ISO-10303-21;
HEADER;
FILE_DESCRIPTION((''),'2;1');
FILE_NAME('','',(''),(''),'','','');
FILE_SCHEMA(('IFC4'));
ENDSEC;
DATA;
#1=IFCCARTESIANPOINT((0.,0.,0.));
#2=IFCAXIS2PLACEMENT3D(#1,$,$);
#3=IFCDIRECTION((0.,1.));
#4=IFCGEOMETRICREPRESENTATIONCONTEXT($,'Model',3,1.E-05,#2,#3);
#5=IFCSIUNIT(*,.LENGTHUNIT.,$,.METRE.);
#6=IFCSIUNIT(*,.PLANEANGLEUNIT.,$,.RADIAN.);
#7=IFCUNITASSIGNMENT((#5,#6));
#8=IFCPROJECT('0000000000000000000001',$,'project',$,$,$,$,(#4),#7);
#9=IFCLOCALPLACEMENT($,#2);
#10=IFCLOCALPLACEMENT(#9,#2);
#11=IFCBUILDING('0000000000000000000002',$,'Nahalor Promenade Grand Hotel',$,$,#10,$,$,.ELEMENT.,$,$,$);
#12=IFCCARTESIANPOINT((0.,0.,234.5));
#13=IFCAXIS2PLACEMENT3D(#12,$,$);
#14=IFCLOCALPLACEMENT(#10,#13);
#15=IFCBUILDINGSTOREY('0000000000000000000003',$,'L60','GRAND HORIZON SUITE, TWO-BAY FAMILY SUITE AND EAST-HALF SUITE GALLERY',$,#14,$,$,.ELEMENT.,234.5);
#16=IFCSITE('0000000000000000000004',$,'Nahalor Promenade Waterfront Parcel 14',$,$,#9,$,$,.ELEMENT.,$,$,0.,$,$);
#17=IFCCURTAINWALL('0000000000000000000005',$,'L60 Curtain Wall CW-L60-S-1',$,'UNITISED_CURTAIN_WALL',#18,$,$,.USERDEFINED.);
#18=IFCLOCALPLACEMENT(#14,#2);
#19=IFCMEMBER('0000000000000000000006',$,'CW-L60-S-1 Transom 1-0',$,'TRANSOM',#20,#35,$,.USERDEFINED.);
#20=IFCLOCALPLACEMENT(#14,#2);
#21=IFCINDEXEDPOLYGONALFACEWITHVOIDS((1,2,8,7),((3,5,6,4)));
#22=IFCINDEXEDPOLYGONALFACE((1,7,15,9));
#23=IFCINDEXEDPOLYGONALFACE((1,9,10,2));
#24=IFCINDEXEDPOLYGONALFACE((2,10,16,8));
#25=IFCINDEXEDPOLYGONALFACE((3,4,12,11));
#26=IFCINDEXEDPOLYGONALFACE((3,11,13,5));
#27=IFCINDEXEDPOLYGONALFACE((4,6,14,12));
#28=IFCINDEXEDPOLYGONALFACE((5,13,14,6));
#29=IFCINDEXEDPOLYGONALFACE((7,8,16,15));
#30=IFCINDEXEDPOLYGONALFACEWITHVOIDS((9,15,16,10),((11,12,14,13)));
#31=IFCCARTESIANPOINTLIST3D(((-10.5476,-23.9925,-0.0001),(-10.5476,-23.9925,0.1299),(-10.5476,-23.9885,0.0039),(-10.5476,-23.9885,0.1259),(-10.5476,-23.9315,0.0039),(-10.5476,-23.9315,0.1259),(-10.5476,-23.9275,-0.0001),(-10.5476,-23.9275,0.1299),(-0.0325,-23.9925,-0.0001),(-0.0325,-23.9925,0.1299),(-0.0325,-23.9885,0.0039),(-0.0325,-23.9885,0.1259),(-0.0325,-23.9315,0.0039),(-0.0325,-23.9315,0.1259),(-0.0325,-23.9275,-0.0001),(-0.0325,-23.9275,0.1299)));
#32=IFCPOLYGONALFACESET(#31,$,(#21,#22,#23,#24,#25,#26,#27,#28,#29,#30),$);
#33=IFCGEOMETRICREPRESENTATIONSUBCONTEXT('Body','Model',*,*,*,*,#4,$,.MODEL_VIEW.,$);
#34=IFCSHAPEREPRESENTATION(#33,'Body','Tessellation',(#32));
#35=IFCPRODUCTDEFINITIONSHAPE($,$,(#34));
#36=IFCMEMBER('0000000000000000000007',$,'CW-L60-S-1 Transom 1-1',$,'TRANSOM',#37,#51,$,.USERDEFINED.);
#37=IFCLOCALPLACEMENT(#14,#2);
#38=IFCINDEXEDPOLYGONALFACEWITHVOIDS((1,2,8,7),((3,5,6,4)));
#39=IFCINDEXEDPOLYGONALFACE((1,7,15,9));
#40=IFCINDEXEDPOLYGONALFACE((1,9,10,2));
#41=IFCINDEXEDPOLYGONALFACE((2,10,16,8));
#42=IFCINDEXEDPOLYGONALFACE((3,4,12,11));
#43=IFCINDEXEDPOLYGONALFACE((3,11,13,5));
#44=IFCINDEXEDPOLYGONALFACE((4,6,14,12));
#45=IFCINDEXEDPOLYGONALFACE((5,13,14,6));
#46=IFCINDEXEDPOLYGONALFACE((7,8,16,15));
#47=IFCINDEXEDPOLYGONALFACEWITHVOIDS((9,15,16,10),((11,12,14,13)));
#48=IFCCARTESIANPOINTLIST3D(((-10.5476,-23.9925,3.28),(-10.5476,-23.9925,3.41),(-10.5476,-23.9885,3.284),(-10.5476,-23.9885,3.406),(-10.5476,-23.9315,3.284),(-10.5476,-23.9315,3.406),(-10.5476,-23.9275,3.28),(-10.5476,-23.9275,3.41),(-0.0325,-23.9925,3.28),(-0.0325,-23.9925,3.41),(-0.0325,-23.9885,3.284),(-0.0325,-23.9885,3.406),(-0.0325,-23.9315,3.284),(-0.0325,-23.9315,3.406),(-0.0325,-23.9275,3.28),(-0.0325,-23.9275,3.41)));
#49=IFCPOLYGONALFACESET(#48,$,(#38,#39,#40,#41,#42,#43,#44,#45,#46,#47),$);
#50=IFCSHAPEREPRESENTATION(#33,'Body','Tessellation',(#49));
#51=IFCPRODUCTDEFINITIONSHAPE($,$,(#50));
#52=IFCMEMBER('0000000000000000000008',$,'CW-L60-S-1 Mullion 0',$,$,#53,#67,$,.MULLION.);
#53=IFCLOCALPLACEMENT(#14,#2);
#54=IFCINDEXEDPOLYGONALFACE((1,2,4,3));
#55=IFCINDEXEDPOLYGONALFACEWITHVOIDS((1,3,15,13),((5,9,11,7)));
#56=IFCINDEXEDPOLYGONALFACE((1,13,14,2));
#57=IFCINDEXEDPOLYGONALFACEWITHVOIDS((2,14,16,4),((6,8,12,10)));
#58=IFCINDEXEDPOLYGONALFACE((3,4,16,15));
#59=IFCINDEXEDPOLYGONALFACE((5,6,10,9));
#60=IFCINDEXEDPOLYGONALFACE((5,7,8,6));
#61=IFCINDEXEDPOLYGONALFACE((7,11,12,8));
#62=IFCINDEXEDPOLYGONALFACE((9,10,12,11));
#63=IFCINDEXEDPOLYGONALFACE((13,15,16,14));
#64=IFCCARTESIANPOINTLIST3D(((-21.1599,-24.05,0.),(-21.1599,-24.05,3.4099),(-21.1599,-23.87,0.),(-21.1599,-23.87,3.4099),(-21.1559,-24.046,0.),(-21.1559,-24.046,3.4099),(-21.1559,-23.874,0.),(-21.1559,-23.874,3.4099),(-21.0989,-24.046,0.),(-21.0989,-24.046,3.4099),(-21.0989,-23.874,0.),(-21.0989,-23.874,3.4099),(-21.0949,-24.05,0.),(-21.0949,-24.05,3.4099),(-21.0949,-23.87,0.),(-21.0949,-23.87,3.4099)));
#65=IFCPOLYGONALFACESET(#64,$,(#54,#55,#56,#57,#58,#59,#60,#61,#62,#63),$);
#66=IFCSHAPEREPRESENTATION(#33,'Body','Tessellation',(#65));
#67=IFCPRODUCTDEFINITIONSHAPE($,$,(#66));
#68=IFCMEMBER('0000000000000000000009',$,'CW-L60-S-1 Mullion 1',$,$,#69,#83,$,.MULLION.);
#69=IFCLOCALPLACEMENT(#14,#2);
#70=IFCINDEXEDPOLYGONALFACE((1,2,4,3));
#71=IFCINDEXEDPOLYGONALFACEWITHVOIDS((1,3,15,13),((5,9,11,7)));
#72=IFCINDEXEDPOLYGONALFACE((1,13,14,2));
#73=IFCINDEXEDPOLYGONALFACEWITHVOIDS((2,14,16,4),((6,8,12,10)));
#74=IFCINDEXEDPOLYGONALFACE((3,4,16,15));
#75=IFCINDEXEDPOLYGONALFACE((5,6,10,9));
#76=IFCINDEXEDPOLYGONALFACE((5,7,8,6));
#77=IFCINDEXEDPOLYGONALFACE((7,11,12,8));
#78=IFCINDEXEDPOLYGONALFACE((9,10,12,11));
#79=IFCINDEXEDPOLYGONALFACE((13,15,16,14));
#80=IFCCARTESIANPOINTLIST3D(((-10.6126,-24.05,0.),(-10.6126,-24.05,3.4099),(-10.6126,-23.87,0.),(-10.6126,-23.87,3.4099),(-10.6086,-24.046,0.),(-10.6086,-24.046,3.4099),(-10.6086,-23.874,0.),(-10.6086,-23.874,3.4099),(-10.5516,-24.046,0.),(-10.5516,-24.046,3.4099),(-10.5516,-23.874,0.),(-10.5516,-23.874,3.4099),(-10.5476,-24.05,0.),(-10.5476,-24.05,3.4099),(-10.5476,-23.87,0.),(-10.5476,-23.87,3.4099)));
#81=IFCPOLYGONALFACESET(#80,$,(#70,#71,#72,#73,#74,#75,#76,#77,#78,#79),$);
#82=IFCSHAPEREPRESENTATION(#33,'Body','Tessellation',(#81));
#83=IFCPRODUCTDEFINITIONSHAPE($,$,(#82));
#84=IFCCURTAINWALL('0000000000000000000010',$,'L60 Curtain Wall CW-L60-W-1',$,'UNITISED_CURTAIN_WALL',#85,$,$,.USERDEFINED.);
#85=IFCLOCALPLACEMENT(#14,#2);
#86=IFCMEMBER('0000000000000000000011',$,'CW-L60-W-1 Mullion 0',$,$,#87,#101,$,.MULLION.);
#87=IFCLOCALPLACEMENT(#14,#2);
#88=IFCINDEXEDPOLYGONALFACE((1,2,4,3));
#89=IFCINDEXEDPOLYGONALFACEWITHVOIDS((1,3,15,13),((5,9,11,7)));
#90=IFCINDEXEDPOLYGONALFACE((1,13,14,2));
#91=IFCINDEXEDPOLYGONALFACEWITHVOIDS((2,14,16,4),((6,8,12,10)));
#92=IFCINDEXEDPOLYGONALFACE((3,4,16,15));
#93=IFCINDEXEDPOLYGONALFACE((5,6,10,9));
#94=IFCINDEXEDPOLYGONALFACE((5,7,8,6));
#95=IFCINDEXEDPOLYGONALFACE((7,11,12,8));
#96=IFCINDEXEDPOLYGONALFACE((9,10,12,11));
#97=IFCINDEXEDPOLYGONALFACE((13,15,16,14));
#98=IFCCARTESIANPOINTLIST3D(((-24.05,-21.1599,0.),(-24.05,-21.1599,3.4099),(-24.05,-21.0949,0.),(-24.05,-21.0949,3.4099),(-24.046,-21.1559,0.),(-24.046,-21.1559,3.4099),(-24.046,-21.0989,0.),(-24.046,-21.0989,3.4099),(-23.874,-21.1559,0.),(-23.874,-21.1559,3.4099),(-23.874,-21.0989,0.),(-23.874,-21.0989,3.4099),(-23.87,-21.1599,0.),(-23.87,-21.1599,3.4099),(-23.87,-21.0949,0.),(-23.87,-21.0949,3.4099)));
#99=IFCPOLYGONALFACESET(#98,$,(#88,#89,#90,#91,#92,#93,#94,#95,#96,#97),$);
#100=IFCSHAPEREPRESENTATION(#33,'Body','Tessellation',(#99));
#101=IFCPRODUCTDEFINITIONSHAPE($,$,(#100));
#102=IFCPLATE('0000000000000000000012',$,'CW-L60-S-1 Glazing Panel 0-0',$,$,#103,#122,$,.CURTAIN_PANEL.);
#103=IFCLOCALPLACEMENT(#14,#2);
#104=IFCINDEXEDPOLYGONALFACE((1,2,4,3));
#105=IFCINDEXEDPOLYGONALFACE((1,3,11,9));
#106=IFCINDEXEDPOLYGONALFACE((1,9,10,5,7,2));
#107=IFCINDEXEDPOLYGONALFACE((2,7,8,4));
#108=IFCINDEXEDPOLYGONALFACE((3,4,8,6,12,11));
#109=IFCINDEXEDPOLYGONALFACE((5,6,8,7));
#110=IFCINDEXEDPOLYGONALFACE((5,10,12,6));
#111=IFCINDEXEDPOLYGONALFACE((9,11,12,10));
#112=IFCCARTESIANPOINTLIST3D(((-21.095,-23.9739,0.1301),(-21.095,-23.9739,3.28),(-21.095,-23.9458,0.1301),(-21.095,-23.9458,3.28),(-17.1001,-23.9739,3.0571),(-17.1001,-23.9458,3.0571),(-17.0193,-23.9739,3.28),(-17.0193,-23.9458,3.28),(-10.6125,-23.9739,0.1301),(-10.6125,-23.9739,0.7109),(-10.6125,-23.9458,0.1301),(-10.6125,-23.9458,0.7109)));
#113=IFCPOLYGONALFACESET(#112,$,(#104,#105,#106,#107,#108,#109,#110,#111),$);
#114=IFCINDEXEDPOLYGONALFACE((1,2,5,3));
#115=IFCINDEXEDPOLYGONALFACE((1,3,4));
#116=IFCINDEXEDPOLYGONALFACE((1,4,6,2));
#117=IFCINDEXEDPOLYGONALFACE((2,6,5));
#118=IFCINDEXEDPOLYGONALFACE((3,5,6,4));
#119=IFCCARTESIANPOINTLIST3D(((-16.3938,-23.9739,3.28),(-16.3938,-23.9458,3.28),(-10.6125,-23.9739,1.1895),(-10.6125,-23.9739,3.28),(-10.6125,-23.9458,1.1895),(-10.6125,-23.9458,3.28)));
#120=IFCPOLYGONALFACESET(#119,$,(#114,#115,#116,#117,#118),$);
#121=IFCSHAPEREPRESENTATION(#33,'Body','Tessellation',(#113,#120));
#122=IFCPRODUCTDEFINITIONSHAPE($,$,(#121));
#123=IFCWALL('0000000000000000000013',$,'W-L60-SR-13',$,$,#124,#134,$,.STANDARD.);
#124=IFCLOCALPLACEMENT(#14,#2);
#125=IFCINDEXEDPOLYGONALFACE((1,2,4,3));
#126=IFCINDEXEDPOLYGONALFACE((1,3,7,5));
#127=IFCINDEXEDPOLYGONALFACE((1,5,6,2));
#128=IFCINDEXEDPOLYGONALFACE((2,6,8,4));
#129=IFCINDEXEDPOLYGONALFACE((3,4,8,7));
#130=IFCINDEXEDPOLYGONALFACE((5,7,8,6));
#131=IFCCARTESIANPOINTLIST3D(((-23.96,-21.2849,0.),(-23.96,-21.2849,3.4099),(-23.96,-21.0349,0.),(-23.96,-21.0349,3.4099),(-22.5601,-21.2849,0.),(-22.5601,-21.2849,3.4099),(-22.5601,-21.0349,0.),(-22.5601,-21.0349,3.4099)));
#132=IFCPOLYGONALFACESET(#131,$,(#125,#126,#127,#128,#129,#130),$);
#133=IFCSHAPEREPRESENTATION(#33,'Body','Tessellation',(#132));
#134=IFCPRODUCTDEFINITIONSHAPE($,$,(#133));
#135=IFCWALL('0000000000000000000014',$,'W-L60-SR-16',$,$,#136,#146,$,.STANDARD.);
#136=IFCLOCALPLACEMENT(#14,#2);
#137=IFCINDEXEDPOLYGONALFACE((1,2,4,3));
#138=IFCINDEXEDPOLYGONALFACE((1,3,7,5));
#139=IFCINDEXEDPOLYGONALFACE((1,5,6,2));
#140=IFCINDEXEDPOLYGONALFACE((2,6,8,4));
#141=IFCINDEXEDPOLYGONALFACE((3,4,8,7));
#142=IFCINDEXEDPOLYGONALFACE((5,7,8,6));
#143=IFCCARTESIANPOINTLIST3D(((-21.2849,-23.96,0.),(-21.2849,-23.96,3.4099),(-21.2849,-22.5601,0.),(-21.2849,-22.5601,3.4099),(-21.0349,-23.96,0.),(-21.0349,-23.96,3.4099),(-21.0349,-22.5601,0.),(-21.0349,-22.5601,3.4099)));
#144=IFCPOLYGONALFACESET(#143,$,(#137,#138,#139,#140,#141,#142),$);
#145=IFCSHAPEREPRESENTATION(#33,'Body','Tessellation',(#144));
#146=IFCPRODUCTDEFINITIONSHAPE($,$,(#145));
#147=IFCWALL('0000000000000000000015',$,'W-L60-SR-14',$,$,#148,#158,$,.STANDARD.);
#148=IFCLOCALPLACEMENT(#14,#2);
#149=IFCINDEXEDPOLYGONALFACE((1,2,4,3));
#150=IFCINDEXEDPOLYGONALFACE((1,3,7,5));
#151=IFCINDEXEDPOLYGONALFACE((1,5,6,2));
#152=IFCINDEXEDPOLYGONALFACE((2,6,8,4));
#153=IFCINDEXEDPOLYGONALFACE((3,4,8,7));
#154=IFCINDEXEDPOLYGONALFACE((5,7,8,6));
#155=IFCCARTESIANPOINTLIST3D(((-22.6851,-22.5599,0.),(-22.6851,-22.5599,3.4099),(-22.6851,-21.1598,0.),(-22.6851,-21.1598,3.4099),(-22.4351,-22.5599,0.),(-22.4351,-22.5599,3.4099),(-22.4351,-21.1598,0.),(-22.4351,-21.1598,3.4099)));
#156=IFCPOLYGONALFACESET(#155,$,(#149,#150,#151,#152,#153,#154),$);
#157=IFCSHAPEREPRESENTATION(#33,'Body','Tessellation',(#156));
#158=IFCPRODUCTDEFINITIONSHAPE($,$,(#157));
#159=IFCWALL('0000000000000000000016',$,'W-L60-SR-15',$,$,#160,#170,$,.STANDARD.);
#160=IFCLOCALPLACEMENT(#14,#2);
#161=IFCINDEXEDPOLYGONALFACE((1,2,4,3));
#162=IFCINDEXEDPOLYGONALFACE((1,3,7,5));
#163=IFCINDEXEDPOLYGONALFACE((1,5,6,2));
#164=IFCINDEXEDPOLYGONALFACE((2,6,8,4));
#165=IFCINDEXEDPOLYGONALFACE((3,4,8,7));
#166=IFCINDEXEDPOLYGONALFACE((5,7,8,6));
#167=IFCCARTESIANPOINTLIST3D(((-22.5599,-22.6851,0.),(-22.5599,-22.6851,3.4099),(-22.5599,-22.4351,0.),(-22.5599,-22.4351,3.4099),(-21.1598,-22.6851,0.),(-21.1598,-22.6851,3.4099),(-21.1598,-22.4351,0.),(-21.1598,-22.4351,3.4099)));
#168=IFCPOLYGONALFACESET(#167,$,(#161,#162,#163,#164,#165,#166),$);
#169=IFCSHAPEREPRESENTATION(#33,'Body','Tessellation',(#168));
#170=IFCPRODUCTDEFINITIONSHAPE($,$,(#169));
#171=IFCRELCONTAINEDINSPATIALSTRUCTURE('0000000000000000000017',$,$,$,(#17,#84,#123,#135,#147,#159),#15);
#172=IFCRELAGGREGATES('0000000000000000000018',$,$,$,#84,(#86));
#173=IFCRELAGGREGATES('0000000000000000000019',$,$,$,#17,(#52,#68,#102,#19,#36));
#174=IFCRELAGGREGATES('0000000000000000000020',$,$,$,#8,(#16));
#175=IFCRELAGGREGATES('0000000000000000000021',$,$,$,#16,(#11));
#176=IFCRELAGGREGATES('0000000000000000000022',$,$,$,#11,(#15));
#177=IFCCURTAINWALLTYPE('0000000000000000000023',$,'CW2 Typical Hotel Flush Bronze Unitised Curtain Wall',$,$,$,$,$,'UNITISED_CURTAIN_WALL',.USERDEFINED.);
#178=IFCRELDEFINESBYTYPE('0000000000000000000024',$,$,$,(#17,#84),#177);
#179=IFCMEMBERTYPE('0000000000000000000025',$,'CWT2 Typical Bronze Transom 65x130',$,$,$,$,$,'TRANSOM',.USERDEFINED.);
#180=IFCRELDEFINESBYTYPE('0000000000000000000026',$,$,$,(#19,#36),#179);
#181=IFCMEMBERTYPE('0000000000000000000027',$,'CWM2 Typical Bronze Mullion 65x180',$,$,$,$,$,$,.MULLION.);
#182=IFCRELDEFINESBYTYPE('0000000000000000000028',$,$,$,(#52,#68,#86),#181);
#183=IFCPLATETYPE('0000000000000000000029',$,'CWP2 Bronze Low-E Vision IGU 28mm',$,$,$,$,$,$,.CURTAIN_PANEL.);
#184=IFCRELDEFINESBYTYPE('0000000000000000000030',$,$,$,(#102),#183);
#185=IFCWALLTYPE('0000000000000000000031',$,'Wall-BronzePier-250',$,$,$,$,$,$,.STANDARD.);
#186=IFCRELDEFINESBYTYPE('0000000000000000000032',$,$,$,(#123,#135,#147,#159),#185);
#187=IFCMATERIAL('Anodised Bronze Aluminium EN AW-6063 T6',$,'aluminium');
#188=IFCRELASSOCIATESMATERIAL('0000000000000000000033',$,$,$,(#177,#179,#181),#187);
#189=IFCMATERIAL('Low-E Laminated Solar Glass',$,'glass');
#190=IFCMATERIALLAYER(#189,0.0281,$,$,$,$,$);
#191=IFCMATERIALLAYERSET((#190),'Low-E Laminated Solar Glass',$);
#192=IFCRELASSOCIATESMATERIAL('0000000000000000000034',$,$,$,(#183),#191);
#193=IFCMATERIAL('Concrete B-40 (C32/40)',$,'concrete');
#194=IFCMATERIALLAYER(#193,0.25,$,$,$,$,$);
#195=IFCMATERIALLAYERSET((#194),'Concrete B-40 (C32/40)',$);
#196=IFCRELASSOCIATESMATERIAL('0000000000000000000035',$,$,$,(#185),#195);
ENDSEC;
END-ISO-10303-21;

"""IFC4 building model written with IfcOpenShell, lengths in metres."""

from ifc_helpers import new_model, si_unit, direction, frame, frame_2d, origin, origin_2d, place, context, subcontext, project, spatial, polyline, rectangle, hollow_rectangle, outline, extrude, source, transform, mapped, material, layer, layer_set, material_profile, profile_set, type_object, element, aggregate, save


model = new_model("IFC4")

# Units and contexts
model_context = context("Model", 3, precision=1e-05, world=origin(), true_north=direction((0.0, 1.0)))
body_context = subcontext(model_context, "Body", "Model", "MODEL_VIEW")
ifc_project = project(units=[si_unit("LENGTHUNIT", "METRE"), si_unit("PLANEANGLEUNIT", "RADIAN")], contexts=[model_context])

# Site, building, storey
site_placement = place(None, origin())
site = spatial("IfcSite", under=ifc_project, at=site_placement, Name="Nahalor Promenade Waterfront Parcel 14", CompositionType="ELEMENT", RefElevation=0.0)
building_placement = place(site_placement, origin())
building = spatial("IfcBuilding", under=site, at=building_placement, Name="Nahalor Promenade Grand Hotel", CompositionType="ELEMENT")
storey_placement = place(building_placement, frame((0.0, 0.0, 234.5)))
storey = spatial("IfcBuildingStorey", under=building, at=storey_placement, Name="L60", Description="GRAND HORIZON SUITE, TWO-BAY FAMILY SUITE AND EAST-HALF SUITE GALLERY", CompositionType="ELEMENT", Elevation=234.5)

# Curtain wall, members
ifc_material_1 = material(Name="Anodised Bronze Aluminium EN AW-6063 T6", Category="aluminium")
curtain_wall_type = type_object("IfcCurtainWallType", Name="CW2 Typical Hotel Flush Bronze Unitised Curtain Wall", ElementType="UNITISED_CURTAIN_WALL", PredefinedType="USERDEFINED", material=ifc_material_1)
curtain_wall_1_placement = place(storey_placement, origin())
curtain_wall_1 = element("IfcCurtainWall", 1, at=curtain_wall_1_placement, inside=storey, type_object=curtain_wall_type, Name="L60 Curtain Wall CW-L60-S-1", ObjectType="UNITISED_CURTAIN_WALL", PredefinedType="USERDEFINED")
ifc_material_profile_1 = material_profile(ifc_material_1, hollow_rectangle(XDim=0.065, YDim=0.13, WallThickness=0.004, at=origin_2d()), Name="CWT 65x130x4")
ifc_profile_set_1 = profile_set([ifc_material_profile_1], Name="Anodised Bronze Aluminium EN AW-6063 T6")
member_type_1 = type_object("IfcMemberType", Name="CWT2 Typical Bronze Transom 65x130", ElementType="TRANSOM", PredefinedType="USERDEFINED", material=ifc_profile_set_1)
shared_shape_1 = source(origin(), body_context, "Body", "SweptSolid", [
    extrude(hollow_rectangle(XDim=0.065, YDim=0.13, WallThickness=0.004, at=origin_2d()), origin(), (0.0, 0.0, 1.0), 10.5151),
])
member_1_placement = place(storey_placement, frame((-10.5476, -23.96, 0.0649), z_axis=(1.0, 0.0, 0.0), x_axis=(0.0, 1.0, 0.0)))
member_1 = element("IfcMember", 2, at=member_1_placement, type_object=member_type_1, Name="CW-L60-S-1 Transom 1-0", ObjectType="TRANSOM", PredefinedType="USERDEFINED", context=body_context, shape_type="MappedRepresentation", body=[
    mapped(shared_shape_1, transform((0.0, 0.0, 0.0), scale=1.0)),
])
member_2_placement = place(storey_placement, frame((-10.5476, -23.96, 3.345), z_axis=(1.0, 0.0, 0.0), x_axis=(0.0, 1.0, 0.0)))
member_2 = element("IfcMember", 3, at=member_2_placement, type_object=member_type_1, Name="CW-L60-S-1 Transom 1-1", ObjectType="TRANSOM", PredefinedType="USERDEFINED", context=body_context, shape_type="MappedRepresentation", body=[
    mapped(shared_shape_1, transform((0.0, 0.0, 0.0), scale=1.0)),
])
ifc_material_profile_2 = material_profile(ifc_material_1, hollow_rectangle(XDim=0.065, YDim=0.18, WallThickness=0.004, at=origin_2d()), Name="CWM 65x180x4")
ifc_profile_set_2 = profile_set([ifc_material_profile_2], Name="Anodised Bronze Aluminium EN AW-6063 T6")
member_type_2 = type_object("IfcMemberType", Name="CWM2 Typical Bronze Mullion 65x180", PredefinedType="MULLION", material=ifc_profile_set_2)
shared_shape_2 = source(origin(), body_context, "Body", "SweptSolid", [
    extrude(hollow_rectangle(XDim=0.065, YDim=0.18, WallThickness=0.004, at=origin_2d()), origin(), (0.0, 0.0, 1.0), 3.4099),
])
member_3_placement = place(storey_placement, frame((-21.1274, -23.96, 0.0), z_axis=(0.0, 0.0, 1.0), x_axis=(1.0, 0.0, 0.0)))
member_3 = element("IfcMember", 4, at=member_3_placement, type_object=member_type_2, Name="CW-L60-S-1 Mullion 0", PredefinedType="MULLION", context=body_context, shape_type="MappedRepresentation", body=[
    mapped(shared_shape_2, transform((0.0, 0.0, 0.0), scale=1.0)),
])
member_4_placement = place(storey_placement, frame((-10.5801, -23.96, 0.0), z_axis=(0.0, 0.0, 1.0), x_axis=(1.0, 0.0, 0.0)))
member_4 = element("IfcMember", 5, at=member_4_placement, type_object=member_type_2, Name="CW-L60-S-1 Mullion 1", PredefinedType="MULLION", context=body_context, shape_type="MappedRepresentation", body=[
    mapped(shared_shape_2, transform((0.0, 0.0, 0.0), scale=1.0)),
])

# Curtain wall, member
curtain_wall_2_placement = place(storey_placement, origin())
curtain_wall_2 = element("IfcCurtainWall", 6, at=curtain_wall_2_placement, inside=storey, type_object=curtain_wall_type, Name="L60 Curtain Wall CW-L60-W-1", ObjectType="UNITISED_CURTAIN_WALL", PredefinedType="USERDEFINED")
member_5_placement = place(storey_placement, frame((-23.96, -21.1274, 0.0), z_axis=(0.0, 0.0, 1.0), x_axis=(0.0, 1.0, 0.0)))
member_5 = element("IfcMember", 7, at=member_5_placement, type_object=member_type_2, Name="CW-L60-W-1 Mullion 0", PredefinedType="MULLION", context=body_context, shape_type="MappedRepresentation", body=[
    mapped(shared_shape_2, transform((0.0, 0.0, 0.0), scale=1.0)),
])
aggregate(curtain_wall_2, [member_5])

# Plate
ifc_material_2 = material(Name="Low-E Laminated Solar Glass", Category="glass")
ifc_layer_1 = layer(ifc_material_2, 0.0281)
ifc_layer_set_1 = layer_set([ifc_layer_1], Name="Low-E Laminated Solar Glass")
plate_type = type_object("IfcPlateType", Name="CWP2 Bronze Low-E Vision IGU 28mm", PredefinedType="CURTAIN_PANEL", material=ifc_layer_set_1)
plate_placement = place(storey_placement, frame((-15.8538, -23.96, 0.1301), z_axis=(0.0, 0.0, 1.0), x_axis=(1.0, 0.0, 0.0)))
plate = element("IfcPlate", 8, at=plate_placement, type_object=plate_type, Name="CW-L60-S-1 Glazing Panel 0-0", PredefinedType="CURTAIN_PANEL", context=body_context, shape_type="SweptSolid", body=[
    extrude(outline(polyline([(-5.2412, 0.0), (5.2412, 0.0), (5.2412, 0.5808), (-1.2463, 2.927), (-1.1655, 3.1499), (-5.2412, 3.1499), (-5.2412, 0.0)])), frame((0.0, 0.0142, 0.0), z_axis=(0.0, -1.0, 0.0), x_axis=(1.0, 0.0, 0.0)), (0.0, 0.0, 1.0), 0.0281),
    extrude(outline(polyline([(5.2412, 1.0593), (5.2412, 3.1499), (-0.54, 3.1499), (5.2412, 1.0593)])), frame((0.0, 0.0142, 0.0), z_axis=(0.0, -1.0, 0.0), x_axis=(1.0, 0.0, 0.0)), (0.0, 0.0, 1.0), 0.0281),
])
aggregate(curtain_wall_1, [member_3, member_4, plate, member_1, member_2])

# Walls
ifc_material_3 = material(Name="Concrete B-40 (C32/40)", Category="concrete")
ifc_layer_2 = layer(ifc_material_3, 0.25)
ifc_layer_set_2 = layer_set([ifc_layer_2], Name="Concrete B-40 (C32/40)")
wall_type_1 = type_object("IfcWallType", Name="Wall-BronzePier-250", PredefinedType="STANDARD", material=ifc_layer_set_2)
shared_shape_3 = source(origin(), body_context, "Body", "SweptSolid", [
    extrude(rectangle(XDim=1.3999, YDim=0.25, at=frame_2d((0.7, 0.0))), origin(), (0.0, 0.0, 1.0), 3.4099),
])
for number, where, z_axis, x_axis, name in (
    (9, (-23.96, -21.1599, 0.0), (0.0, 0.0, 1.0), (1.0, 0.0, 0.0), "W-L60-SR-13"),
    (10, (-21.1599, -23.96, 0.0), (0.0, 0.0, 1.0), (0.0, 1.0, 0.0), "W-L60-SR-16"),
):
    element("IfcWall", number, at=place(storey_placement, frame(where, z_axis=z_axis, x_axis=x_axis)), inside=storey, type_object=wall_type_1, Name=name, PredefinedType="STANDARD", context=body_context, shape_type="MappedRepresentation", body=[
        mapped(shared_shape_3, transform((0.0, 0.0, 0.0), scale=1.0)),
    ])
shared_shape_4 = source(origin(), body_context, "Body", "SweptSolid", [
    extrude(rectangle(XDim=1.4001, YDim=0.25, at=frame_2d((0.7002, 0.0))), origin(), (0.0, 0.0, 1.0), 3.4099),
])
for number, where, z_axis, x_axis, name in (
    (11, (-22.5601, -22.5601, 0.0), (0.0, 0.0, 1.0), (0.0, 1.0, 0.0), "W-L60-SR-14"),
    (12, (-22.5601, -22.5601, 0.0), (0.0, 0.0, 1.0), (1.0, 0.0, 0.0), "W-L60-SR-15"),
):
    element("IfcWall", number, at=place(storey_placement, frame(where, z_axis=z_axis, x_axis=x_axis)), inside=storey, type_object=wall_type_1, Name=name, PredefinedType="STANDARD", context=body_context, shape_type="MappedRepresentation", body=[
        mapped(shared_shape_4, transform((0.0, 0.0, 0.0), scale=1.0)),
    ])

save(model, "model.ifc")
